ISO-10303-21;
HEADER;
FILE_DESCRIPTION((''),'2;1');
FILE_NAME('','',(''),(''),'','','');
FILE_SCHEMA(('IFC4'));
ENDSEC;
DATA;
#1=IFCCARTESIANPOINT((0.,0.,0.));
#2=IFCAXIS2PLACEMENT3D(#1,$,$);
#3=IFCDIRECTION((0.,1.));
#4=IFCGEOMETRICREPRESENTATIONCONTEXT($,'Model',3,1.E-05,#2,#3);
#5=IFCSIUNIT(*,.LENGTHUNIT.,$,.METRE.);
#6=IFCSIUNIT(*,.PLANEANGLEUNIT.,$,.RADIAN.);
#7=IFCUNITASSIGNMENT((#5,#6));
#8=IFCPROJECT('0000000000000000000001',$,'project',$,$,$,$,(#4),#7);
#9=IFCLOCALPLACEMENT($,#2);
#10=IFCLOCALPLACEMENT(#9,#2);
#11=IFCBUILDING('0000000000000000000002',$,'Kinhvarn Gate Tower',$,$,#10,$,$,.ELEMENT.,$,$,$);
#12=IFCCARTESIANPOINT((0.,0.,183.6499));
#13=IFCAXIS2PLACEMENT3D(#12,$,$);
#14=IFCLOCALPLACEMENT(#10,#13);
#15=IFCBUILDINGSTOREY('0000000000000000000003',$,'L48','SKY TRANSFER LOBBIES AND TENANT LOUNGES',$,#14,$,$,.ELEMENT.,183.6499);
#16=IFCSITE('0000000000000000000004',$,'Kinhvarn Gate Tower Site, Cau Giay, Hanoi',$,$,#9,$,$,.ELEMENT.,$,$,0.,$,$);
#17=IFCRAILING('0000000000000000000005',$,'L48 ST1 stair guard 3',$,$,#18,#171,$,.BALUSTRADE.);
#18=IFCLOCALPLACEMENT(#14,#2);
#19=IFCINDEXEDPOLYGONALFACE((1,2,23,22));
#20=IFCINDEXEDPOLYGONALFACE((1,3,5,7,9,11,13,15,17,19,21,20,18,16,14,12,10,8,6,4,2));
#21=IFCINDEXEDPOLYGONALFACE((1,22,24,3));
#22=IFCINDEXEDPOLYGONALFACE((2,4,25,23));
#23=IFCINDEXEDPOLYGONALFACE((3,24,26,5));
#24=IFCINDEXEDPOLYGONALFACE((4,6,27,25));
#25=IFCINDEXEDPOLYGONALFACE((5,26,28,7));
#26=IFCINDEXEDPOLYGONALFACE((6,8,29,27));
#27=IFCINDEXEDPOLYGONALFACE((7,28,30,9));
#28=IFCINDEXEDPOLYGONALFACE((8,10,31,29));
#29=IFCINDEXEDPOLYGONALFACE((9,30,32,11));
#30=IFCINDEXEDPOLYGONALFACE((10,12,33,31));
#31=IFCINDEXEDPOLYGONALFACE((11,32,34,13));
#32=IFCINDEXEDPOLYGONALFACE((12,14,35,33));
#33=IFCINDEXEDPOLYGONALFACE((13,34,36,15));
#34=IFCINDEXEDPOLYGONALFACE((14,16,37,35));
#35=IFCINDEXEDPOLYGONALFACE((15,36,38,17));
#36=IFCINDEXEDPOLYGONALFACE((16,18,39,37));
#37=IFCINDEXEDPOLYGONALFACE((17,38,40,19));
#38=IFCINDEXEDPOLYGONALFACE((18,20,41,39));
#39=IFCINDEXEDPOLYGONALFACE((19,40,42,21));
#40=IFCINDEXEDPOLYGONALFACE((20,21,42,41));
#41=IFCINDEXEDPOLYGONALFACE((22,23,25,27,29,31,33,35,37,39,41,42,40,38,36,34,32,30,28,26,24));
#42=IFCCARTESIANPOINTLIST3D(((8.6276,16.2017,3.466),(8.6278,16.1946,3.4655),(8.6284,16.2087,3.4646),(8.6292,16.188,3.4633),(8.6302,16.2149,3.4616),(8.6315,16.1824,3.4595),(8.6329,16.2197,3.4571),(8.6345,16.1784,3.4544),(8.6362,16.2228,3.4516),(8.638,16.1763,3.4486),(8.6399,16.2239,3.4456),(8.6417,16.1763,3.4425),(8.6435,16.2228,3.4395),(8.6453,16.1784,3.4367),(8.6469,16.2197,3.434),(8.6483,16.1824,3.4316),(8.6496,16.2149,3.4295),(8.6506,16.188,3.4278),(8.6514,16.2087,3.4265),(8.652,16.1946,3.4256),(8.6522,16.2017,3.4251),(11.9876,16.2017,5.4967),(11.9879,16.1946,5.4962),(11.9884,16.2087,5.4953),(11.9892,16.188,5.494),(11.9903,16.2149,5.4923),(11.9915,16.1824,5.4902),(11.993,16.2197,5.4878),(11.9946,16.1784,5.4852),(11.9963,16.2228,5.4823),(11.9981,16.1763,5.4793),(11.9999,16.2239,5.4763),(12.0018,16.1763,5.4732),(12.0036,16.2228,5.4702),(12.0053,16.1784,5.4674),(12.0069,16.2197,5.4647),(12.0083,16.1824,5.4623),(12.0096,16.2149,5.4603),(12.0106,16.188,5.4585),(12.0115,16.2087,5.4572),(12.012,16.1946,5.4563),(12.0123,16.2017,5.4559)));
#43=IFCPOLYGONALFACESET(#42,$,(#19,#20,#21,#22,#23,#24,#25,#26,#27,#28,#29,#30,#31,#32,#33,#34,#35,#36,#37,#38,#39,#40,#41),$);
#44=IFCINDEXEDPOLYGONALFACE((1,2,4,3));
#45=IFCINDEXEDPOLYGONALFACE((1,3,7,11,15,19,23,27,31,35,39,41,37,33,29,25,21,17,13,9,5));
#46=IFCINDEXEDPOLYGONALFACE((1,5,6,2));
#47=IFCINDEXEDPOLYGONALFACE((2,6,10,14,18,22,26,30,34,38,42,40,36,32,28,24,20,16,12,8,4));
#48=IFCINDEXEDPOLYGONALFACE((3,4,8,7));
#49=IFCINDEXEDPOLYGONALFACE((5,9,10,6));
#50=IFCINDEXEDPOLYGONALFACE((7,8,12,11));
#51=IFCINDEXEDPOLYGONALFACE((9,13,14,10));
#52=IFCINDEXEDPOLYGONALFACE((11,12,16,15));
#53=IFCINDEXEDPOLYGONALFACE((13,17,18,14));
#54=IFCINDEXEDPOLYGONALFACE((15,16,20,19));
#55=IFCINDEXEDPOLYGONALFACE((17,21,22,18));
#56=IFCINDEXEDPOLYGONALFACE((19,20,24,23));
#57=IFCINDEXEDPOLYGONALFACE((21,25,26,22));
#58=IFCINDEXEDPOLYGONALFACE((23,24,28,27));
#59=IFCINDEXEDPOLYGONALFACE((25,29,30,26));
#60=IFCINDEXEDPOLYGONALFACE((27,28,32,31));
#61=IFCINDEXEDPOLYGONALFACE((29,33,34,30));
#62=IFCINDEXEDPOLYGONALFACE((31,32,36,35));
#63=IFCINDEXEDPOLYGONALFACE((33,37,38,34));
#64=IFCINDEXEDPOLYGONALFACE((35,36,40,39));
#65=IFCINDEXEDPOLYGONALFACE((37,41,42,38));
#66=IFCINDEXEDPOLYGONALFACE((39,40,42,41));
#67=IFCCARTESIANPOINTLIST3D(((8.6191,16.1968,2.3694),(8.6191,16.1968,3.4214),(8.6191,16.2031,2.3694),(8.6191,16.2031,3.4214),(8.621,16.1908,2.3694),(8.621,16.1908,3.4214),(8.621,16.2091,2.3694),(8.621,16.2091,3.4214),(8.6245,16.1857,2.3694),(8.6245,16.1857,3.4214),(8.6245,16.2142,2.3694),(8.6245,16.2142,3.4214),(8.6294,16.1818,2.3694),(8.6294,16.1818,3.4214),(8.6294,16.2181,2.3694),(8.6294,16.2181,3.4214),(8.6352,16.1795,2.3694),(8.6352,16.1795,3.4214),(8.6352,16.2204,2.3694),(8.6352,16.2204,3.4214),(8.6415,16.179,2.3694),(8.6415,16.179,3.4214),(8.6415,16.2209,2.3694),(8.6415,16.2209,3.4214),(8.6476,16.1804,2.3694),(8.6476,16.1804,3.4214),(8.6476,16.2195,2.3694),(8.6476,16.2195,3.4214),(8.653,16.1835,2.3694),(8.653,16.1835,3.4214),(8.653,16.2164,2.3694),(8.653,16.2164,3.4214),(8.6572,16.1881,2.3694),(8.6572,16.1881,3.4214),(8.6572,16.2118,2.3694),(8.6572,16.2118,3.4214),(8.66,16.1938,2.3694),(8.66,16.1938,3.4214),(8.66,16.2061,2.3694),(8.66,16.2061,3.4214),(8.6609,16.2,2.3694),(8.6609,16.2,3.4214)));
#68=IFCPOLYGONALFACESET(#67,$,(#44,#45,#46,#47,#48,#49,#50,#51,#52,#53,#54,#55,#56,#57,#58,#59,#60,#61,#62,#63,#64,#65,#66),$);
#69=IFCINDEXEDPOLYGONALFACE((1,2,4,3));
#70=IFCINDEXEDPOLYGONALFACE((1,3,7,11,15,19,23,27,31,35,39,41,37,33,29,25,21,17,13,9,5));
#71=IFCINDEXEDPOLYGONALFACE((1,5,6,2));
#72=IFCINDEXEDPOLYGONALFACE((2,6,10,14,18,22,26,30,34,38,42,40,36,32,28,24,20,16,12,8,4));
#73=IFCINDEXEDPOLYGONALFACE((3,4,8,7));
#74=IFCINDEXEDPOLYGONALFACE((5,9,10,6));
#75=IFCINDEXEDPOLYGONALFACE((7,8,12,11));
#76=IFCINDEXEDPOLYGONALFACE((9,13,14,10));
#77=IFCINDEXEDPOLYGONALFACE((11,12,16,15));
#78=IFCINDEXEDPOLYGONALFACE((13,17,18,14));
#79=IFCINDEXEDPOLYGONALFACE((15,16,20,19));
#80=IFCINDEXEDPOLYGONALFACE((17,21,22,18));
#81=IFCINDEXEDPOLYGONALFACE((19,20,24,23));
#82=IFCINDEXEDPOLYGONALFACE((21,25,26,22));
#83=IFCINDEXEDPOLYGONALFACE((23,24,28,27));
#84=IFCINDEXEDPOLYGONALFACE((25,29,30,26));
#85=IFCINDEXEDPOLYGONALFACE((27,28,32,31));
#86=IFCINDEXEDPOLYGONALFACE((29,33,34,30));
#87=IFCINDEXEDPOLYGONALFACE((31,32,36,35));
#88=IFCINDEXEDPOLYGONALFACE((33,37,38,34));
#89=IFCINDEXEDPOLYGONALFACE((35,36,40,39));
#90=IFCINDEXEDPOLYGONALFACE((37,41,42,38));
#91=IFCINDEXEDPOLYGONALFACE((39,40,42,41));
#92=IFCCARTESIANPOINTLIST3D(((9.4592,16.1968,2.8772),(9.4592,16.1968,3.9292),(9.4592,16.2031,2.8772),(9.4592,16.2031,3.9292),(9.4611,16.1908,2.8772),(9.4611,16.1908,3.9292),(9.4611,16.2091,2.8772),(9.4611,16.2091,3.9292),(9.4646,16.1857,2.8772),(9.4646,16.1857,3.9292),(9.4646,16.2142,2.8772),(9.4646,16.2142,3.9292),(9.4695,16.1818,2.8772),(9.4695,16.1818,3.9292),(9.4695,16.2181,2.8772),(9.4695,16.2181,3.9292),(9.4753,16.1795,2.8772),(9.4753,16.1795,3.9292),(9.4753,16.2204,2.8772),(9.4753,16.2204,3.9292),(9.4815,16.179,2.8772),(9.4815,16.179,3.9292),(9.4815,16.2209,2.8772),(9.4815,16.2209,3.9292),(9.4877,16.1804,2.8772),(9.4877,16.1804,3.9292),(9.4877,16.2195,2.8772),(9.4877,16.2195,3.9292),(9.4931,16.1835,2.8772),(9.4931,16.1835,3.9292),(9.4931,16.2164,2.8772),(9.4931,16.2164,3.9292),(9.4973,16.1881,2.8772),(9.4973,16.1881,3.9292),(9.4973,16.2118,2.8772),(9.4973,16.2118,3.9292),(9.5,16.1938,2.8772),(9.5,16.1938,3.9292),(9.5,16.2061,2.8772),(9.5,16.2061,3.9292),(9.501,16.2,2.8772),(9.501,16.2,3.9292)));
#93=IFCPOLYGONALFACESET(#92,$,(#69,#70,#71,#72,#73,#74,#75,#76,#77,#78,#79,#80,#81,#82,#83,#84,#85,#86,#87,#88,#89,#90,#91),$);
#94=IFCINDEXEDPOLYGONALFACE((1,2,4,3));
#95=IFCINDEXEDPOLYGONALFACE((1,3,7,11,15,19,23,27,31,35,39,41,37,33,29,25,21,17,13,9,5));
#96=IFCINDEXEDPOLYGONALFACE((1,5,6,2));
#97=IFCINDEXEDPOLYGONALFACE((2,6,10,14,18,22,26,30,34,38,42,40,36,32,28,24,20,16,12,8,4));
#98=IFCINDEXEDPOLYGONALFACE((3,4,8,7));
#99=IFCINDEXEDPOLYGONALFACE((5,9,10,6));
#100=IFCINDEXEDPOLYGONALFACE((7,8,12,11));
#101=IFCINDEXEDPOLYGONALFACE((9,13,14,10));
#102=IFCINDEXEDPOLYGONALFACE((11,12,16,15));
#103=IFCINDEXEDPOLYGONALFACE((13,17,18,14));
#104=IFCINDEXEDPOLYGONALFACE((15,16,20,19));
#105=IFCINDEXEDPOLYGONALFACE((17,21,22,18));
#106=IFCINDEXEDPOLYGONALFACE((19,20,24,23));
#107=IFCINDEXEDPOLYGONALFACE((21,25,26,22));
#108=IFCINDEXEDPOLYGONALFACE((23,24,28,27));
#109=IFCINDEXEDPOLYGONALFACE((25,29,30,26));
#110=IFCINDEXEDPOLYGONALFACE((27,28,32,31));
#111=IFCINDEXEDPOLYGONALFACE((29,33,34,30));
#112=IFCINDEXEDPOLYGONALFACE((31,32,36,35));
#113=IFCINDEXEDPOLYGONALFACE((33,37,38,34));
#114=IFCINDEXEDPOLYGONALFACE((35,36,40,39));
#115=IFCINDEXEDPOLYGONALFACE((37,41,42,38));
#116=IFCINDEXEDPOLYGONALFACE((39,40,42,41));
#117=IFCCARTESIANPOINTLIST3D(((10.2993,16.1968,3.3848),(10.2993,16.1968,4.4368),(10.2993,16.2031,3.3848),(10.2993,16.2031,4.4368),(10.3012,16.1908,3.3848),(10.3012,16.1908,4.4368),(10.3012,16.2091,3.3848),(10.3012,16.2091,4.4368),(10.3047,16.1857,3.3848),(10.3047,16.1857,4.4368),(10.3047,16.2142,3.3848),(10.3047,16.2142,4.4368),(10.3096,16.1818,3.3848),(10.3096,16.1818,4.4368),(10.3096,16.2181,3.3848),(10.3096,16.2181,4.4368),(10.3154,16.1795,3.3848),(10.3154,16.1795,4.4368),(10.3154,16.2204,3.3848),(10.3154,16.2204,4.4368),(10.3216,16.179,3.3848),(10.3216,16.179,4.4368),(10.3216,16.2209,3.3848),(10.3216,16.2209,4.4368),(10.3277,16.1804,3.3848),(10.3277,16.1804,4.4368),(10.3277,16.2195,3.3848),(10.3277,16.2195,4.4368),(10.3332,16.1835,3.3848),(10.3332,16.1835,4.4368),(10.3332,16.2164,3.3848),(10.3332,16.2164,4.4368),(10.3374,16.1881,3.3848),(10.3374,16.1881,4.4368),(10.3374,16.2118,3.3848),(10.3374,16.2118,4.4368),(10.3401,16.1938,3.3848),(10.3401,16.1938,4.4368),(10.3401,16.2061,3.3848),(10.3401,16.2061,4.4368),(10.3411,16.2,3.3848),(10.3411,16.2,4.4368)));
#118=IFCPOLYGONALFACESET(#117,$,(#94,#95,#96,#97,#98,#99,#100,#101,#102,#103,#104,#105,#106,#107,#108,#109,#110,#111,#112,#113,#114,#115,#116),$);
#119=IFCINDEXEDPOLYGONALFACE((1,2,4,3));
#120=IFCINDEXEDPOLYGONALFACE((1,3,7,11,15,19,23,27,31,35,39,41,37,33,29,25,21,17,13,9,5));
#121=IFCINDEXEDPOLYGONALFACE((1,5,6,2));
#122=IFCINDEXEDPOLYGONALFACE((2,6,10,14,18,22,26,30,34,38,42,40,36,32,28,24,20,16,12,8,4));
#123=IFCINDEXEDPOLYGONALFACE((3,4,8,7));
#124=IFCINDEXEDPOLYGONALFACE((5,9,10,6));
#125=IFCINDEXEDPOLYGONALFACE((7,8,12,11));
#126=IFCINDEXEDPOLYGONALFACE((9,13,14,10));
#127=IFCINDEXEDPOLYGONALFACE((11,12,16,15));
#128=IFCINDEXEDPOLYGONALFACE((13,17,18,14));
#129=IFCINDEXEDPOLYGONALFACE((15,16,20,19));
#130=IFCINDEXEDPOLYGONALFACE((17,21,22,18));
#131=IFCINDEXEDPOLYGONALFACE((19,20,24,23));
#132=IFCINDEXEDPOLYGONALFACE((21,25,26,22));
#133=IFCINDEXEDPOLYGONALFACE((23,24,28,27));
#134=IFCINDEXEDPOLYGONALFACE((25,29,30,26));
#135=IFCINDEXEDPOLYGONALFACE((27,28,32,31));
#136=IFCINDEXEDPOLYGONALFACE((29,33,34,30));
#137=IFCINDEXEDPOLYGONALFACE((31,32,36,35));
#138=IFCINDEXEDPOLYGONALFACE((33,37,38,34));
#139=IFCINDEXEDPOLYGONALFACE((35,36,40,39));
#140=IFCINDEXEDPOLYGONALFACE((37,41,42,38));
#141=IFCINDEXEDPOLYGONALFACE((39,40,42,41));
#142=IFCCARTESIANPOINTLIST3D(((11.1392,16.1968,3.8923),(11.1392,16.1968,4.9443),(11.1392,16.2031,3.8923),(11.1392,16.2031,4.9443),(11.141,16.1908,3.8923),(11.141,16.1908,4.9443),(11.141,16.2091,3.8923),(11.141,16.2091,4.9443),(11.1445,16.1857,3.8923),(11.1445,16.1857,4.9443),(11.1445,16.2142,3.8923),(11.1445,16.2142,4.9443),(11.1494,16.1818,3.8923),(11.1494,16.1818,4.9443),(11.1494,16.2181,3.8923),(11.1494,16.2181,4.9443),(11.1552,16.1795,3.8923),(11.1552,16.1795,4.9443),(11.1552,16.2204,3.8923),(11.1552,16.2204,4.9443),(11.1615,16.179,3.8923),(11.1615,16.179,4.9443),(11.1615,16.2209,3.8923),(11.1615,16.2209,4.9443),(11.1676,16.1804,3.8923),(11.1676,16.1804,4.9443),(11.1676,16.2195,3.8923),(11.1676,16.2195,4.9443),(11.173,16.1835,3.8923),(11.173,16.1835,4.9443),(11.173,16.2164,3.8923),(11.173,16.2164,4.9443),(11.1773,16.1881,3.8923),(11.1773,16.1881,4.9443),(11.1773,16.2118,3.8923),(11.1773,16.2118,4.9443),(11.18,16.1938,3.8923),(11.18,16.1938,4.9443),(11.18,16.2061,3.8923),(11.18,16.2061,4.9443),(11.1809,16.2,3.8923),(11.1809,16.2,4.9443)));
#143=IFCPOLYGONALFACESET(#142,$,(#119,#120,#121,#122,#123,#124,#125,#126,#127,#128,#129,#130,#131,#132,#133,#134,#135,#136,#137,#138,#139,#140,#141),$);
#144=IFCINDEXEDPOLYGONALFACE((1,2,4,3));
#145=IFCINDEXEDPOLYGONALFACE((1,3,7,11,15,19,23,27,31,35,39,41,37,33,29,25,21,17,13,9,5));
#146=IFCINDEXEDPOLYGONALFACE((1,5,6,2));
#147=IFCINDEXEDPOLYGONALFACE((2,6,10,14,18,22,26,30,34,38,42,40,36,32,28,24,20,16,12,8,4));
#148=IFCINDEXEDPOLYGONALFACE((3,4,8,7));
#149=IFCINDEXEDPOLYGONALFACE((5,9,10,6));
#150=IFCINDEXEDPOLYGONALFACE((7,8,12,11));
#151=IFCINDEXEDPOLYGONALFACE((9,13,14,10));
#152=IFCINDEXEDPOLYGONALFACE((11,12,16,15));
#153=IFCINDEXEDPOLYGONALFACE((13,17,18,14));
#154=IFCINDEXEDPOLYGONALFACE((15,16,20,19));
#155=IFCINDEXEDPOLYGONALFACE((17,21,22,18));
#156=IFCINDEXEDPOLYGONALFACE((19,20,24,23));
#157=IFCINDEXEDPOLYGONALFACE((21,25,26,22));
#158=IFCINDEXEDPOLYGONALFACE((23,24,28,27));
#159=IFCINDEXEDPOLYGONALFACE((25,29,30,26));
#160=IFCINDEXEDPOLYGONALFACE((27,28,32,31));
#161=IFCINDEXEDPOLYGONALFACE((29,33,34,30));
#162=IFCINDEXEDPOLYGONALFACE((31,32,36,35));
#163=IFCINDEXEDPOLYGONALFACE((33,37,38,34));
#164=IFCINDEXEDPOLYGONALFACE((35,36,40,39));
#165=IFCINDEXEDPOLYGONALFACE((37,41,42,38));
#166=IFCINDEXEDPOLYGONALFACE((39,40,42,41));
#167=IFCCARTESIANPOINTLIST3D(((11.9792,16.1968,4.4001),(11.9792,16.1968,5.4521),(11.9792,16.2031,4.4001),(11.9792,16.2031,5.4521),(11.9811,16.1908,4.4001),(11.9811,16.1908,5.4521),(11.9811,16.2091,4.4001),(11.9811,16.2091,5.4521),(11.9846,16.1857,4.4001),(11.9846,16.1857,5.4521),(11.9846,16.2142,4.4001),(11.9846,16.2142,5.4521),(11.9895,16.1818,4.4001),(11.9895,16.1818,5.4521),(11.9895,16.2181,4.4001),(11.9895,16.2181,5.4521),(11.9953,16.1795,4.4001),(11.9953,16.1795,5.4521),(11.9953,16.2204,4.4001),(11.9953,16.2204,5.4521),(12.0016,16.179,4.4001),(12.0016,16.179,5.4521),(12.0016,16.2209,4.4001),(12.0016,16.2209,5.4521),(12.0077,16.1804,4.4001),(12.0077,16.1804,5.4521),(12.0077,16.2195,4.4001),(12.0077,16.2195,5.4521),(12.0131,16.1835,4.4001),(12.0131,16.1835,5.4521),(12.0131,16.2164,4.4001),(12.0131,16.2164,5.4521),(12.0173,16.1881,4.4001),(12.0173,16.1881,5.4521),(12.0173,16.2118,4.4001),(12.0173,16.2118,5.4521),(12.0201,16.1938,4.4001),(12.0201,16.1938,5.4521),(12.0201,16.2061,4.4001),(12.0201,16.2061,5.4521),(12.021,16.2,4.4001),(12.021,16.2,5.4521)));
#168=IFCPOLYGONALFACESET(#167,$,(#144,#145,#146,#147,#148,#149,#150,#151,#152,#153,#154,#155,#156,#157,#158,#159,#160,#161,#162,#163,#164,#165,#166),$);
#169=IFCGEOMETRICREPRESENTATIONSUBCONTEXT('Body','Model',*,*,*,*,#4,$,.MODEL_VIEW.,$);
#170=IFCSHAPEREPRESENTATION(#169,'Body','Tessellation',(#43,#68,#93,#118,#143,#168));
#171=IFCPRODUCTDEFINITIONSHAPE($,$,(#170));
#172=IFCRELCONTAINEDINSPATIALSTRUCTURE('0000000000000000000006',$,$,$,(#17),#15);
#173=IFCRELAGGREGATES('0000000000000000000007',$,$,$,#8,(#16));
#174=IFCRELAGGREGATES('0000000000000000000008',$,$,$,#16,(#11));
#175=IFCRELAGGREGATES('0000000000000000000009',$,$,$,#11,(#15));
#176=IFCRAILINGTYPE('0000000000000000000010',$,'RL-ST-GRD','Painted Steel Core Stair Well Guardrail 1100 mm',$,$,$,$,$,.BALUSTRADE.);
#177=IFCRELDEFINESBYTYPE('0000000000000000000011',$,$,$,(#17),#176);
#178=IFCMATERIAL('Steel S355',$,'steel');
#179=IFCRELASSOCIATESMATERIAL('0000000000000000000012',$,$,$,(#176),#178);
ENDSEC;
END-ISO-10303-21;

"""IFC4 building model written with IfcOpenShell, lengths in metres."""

from ifc_helpers import new_model, si_unit, direction, frame, origin, origin_2d, place, context, subcontext, project, spatial, circle, extrude, material, type_object, element, save


model = new_model("IFC4")

# Units and contexts
model_context = context("Model", 3, precision=1e-05, world=origin(), true_north=direction((0.0, 1.0)))
body_context = subcontext(model_context, "Body", "Model", "MODEL_VIEW")
ifc_project = project(units=[si_unit("LENGTHUNIT", "METRE"), si_unit("PLANEANGLEUNIT", "RADIAN")], contexts=[model_context])

# Site, building, storey
site_placement = place(None, origin())
site = spatial("IfcSite", under=ifc_project, at=site_placement, Name="Kinhvarn Gate Tower Site, Cau Giay, Hanoi", CompositionType="ELEMENT", RefElevation=0.0)
building_placement = place(site_placement, origin())
building = spatial("IfcBuilding", under=site, at=building_placement, Name="Kinhvarn Gate Tower", CompositionType="ELEMENT")
storey_placement = place(building_placement, frame((0.0, 0.0, 183.6499)))
storey = spatial("IfcBuildingStorey", under=building, at=storey_placement, Name="L48", Description="SKY TRANSFER LOBBIES AND TENANT LOUNGES", CompositionType="ELEMENT", Elevation=183.6499)

# Shared definitions
ifc_material_1 = material(Name="Steel S355", Category="steel")

# Railing
railing_type_1 = type_object("IfcRailingType", Name="RL-ST-GRD", Description="Painted Steel Core Stair Well Guardrail 1100 mm", PredefinedType="BALUSTRADE", material=ifc_material_1)
railing_1_placement = place(storey_placement, frame((8.6399, 16.2, 2.3694)))
element("IfcRailing", 1, at=railing_1_placement, inside=storey, type_object=railing_type_1, Name="L48 ST1 stair guard 3", PredefinedType="BALUSTRADE", context=body_context, shape_type="SweptSolid", body=[
    extrude(circle(Radius=0.0239, at=origin_2d()), frame((0.0, 0.0, 1.0762), z_axis=(0.855837, 0.0, 0.517246), x_axis=(0.0, 1.0, 0.0)), (0.0, 0.0, 1.0), 3.926),
    extrude(circle(Radius=0.021, at=origin_2d()), origin(), (0.0, 0.0, 1.0), 1.052),
    extrude(circle(Radius=0.021, at=origin_2d()), frame((0.8401, 0.0, 0.5078)), (0.0, 0.0, 1.0), 1.052),
    extrude(circle(Radius=0.021, at=origin_2d()), frame((1.6802, 0.0, 1.0154)), (0.0, 0.0, 1.0), 1.052),
    extrude(circle(Radius=0.021, at=origin_2d()), frame((2.52, 0.0, 1.5229)), (0.0, 0.0, 1.0), 1.052),
    extrude(circle(Radius=0.021, at=origin_2d()), frame((3.3601, 0.0, 2.0308)), (0.0, 0.0, 1.0), 1.052),
])

save(model, "model.ifc")
